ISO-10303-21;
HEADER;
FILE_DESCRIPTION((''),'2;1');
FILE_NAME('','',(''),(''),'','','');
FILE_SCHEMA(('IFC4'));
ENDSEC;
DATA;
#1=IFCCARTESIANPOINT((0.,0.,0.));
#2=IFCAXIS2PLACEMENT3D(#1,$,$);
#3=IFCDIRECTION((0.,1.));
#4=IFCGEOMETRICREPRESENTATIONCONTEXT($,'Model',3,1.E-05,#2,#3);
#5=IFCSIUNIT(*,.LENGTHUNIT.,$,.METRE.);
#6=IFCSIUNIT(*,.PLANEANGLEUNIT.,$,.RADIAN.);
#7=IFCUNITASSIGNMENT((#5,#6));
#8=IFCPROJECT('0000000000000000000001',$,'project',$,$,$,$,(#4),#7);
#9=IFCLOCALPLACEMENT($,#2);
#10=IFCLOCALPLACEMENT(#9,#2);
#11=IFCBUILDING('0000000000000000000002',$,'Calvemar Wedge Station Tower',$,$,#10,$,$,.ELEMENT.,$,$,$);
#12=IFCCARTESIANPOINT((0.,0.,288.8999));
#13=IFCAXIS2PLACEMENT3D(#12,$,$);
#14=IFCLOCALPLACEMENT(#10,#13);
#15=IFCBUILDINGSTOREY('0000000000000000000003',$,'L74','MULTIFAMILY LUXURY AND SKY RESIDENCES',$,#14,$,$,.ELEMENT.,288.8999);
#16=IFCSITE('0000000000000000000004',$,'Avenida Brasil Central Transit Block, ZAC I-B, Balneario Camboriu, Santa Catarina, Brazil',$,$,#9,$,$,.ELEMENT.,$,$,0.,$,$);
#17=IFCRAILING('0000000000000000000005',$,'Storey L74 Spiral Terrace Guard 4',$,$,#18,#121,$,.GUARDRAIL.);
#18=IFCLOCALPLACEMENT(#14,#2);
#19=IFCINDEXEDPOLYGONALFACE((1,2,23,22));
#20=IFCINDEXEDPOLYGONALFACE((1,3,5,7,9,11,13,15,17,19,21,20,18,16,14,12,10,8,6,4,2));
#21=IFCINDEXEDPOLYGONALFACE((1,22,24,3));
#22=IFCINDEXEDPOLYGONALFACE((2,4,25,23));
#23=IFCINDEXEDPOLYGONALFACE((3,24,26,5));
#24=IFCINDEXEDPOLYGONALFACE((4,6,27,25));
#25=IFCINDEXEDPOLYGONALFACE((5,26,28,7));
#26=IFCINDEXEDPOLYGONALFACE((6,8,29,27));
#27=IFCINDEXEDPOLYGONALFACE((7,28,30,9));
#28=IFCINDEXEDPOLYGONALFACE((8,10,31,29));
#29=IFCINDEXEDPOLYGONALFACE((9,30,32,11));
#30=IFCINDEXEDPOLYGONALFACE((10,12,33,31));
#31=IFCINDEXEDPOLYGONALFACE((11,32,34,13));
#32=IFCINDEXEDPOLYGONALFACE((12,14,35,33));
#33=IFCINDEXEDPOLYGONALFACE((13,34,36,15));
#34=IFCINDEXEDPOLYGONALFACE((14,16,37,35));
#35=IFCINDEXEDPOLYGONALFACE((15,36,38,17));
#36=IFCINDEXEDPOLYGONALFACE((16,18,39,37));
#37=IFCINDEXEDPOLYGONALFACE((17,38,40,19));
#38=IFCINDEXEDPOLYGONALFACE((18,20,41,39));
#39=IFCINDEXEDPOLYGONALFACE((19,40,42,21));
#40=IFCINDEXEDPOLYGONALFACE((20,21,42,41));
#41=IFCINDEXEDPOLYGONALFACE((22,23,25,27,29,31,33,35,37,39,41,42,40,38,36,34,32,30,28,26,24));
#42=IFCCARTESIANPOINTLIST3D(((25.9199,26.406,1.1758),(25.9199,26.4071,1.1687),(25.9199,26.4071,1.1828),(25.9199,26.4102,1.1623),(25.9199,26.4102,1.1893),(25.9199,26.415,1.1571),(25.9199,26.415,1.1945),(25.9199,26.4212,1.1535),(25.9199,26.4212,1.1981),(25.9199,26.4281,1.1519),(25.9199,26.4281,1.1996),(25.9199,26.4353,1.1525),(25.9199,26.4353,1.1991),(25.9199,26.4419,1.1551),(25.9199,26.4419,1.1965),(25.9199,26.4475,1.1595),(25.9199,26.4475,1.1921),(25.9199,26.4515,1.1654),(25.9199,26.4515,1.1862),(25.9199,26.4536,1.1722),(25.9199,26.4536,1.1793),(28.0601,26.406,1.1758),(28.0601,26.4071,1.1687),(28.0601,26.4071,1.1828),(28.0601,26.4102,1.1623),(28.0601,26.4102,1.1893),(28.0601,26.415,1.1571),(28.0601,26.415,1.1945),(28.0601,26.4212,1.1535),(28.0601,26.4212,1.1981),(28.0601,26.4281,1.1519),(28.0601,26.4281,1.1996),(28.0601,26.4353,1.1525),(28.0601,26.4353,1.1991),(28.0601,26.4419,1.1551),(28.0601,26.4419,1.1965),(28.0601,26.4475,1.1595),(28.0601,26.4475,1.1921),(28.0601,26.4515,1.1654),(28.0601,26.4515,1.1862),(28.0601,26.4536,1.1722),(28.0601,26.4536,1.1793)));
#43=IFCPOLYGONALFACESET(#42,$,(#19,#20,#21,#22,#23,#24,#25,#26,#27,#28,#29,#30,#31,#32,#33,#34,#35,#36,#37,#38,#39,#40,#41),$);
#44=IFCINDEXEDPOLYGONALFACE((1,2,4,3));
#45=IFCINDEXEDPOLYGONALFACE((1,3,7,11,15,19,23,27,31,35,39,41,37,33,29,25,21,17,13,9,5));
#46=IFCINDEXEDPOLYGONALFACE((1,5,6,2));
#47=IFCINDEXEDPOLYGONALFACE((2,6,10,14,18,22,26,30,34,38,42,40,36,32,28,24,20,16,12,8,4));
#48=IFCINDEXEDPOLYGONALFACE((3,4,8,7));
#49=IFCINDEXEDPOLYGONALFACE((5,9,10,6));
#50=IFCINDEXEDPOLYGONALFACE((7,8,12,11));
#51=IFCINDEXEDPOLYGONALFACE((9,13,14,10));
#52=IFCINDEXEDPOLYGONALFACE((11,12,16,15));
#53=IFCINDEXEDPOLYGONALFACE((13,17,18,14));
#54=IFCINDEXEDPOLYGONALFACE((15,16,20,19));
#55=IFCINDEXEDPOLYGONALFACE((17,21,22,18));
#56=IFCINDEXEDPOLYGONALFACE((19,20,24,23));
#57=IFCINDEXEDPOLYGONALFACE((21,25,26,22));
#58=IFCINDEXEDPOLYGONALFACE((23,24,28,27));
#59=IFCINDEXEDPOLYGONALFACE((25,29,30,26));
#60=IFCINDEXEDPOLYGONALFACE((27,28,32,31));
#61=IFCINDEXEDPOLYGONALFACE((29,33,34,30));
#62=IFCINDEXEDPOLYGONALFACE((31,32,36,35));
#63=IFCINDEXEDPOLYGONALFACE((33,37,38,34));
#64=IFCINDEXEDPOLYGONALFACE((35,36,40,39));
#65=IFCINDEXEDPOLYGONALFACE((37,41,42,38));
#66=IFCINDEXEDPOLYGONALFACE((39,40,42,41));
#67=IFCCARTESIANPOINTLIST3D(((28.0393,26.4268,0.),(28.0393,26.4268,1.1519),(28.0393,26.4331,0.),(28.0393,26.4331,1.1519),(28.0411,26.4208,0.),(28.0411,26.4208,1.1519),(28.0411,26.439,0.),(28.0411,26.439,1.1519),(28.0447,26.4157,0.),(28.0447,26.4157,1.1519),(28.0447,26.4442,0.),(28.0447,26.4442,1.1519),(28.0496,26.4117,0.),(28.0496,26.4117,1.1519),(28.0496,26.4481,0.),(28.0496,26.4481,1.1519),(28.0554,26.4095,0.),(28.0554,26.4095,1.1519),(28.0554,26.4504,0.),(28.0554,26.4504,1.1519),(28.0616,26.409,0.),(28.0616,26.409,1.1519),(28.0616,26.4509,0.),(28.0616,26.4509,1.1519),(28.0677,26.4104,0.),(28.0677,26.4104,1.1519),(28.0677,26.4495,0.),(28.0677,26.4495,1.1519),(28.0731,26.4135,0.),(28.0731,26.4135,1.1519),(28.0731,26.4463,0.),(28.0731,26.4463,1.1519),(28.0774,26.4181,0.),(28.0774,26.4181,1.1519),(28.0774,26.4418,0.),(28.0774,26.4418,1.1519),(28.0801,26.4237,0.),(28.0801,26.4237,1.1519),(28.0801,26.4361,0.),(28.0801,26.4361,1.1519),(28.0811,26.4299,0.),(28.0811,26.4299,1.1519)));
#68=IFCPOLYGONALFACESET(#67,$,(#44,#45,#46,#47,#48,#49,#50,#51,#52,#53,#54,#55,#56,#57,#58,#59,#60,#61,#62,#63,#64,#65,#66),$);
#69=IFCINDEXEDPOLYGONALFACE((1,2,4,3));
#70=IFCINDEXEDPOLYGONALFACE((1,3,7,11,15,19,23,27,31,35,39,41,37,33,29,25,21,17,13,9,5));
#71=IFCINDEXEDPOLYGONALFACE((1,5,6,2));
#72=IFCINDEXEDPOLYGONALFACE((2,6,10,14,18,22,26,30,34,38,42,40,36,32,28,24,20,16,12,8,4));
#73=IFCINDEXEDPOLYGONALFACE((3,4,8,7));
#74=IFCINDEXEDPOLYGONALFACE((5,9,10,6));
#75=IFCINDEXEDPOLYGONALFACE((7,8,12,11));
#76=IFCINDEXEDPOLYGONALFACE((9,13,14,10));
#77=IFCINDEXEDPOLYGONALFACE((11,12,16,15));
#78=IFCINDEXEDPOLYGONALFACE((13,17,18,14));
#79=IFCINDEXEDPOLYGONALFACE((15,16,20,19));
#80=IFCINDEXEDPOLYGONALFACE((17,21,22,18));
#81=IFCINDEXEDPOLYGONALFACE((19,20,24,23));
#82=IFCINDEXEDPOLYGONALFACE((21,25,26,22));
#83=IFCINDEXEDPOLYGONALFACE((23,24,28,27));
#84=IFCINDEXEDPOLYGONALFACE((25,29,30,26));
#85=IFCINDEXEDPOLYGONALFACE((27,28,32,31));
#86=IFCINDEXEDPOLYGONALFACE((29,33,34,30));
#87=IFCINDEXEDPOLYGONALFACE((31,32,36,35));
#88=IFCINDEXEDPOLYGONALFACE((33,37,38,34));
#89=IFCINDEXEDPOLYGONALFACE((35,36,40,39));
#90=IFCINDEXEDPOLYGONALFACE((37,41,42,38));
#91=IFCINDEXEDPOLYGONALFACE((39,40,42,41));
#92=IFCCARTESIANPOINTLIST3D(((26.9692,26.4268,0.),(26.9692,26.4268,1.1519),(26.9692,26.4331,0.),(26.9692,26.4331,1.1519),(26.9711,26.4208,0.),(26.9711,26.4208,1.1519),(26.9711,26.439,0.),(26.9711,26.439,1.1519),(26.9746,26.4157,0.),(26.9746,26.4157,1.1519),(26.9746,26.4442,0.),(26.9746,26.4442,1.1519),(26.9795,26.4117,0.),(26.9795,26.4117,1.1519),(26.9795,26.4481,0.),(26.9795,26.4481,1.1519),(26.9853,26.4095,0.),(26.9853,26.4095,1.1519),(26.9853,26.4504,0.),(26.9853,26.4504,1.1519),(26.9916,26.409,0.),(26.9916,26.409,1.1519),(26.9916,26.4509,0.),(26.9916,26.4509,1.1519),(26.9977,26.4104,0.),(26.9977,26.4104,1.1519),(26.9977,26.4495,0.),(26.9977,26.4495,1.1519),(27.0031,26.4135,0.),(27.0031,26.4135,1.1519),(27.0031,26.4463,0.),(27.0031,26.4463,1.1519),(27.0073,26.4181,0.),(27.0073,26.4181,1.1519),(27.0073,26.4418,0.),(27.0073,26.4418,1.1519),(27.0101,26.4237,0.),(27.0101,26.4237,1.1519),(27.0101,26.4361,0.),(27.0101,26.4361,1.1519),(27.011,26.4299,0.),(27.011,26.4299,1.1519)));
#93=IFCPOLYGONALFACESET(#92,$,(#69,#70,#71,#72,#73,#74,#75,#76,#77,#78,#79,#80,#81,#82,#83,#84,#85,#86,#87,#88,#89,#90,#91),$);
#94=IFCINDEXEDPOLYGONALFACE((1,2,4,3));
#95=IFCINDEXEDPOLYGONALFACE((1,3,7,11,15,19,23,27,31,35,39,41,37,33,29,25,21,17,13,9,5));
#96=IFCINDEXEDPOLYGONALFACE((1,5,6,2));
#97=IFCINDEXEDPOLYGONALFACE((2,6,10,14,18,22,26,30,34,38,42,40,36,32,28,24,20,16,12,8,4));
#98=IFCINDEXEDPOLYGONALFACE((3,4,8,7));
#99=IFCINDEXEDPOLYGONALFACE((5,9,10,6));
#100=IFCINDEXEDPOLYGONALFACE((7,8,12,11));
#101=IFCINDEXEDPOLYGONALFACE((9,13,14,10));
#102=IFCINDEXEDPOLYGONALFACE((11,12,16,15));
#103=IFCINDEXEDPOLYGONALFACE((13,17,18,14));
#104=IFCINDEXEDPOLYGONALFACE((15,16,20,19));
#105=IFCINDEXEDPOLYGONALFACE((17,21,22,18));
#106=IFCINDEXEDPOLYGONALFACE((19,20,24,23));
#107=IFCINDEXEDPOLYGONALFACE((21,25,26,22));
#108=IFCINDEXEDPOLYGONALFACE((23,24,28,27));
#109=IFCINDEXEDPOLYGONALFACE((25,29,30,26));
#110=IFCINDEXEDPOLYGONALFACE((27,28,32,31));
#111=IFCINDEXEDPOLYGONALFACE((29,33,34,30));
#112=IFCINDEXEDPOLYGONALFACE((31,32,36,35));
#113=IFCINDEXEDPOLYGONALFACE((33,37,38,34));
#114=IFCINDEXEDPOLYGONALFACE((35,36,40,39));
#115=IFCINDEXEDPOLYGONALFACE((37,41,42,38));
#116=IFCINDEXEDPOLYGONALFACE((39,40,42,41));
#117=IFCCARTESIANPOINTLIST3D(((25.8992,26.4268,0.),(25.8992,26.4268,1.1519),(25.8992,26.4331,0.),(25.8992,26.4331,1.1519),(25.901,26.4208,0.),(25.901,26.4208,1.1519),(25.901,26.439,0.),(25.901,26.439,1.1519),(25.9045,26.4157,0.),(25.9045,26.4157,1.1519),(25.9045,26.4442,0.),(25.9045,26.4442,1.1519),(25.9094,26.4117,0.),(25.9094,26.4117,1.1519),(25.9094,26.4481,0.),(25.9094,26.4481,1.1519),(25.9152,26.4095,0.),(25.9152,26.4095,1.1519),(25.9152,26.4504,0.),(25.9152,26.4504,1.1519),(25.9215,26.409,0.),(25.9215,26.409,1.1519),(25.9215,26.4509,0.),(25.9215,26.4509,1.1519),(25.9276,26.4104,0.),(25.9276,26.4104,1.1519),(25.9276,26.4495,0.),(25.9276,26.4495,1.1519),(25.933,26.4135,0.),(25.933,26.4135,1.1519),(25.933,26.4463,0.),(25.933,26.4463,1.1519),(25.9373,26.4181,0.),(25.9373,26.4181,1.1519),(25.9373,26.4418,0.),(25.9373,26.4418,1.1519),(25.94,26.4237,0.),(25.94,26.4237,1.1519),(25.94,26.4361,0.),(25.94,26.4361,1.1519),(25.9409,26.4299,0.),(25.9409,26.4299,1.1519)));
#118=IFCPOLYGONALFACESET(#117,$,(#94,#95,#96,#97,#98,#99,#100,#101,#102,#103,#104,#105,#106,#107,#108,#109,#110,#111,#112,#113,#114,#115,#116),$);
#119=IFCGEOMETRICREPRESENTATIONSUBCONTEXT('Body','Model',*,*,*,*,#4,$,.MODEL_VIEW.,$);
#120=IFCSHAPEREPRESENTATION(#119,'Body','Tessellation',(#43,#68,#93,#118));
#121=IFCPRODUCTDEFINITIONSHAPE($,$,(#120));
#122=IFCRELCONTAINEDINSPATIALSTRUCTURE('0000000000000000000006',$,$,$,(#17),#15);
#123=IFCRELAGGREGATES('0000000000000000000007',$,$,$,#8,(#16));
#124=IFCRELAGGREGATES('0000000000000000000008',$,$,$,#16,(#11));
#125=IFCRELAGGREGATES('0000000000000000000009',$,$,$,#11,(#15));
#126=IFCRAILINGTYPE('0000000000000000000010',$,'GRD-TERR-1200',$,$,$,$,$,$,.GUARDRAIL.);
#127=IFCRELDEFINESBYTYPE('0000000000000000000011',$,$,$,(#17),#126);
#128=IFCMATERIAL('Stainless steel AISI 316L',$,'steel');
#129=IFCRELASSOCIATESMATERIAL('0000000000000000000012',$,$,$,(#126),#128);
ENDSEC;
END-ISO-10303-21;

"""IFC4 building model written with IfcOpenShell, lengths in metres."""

from ifc_helpers import new_model, si_unit, direction, frame, origin, origin_2d, place, context, subcontext, project, spatial, circle, extrude, material, type_object, element, save


model = new_model("IFC4")

# Units and contexts
model_context = context("Model", 3, precision=1e-05, world=origin(), true_north=direction((0.0, 1.0)))
body_context = subcontext(model_context, "Body", "Model", "MODEL_VIEW")
ifc_project = project(units=[si_unit("LENGTHUNIT", "METRE"), si_unit("PLANEANGLEUNIT", "RADIAN")], contexts=[model_context])

# Site, building, storey
site_placement = place(None, origin())
site = spatial("IfcSite", under=ifc_project, at=site_placement, Name="Avenida Brasil Central Transit Block, ZAC I-B, Balneario Camboriu, Santa Catarina, Brazil", CompositionType="ELEMENT", RefElevation=0.0)
building_placement = place(site_placement, origin())
building = spatial("IfcBuilding", under=site, at=building_placement, Name="Calvemar Wedge Station Tower", CompositionType="ELEMENT")
storey_placement = place(building_placement, frame((0.0, 0.0, 288.8999)))
storey = spatial("IfcBuildingStorey", under=building, at=storey_placement, Name="L74", Description="MULTIFAMILY LUXURY AND SKY RESIDENCES", CompositionType="ELEMENT", Elevation=288.8999)

# Railing
ifc_material_1 = material(Name="Stainless steel AISI 316L", Category="steel")
railing_type_1 = type_object("IfcRailingType", Name="GRD-TERR-1200", PredefinedType="GUARDRAIL", material=ifc_material_1)
railing_1_placement = place(storey_placement, frame((28.0601, 26.4299, 0.0)))
element("IfcRailing", 1, at=railing_1_placement, inside=storey, type_object=railing_type_1, Name="Storey L74 Spiral Terrace Guard 4", PredefinedType="GUARDRAIL", context=body_context, shape_type="SweptSolid", body=[
    extrude(circle(Radius=0.0239, at=origin_2d()), frame((0.0, 0.0, 1.1758), z_axis=(-1.0, 0.0, 0.0), x_axis=(0.0, -1.0, 0.0)), (0.0, 0.0, 1.0), 2.1401),
    extrude(circle(Radius=0.021, at=origin_2d()), origin(), (0.0, 0.0, 1.0), 1.1519),
    extrude(circle(Radius=0.021, at=origin_2d()), frame((-1.0701, 0.0, 0.0)), (0.0, 0.0, 1.0), 1.1519),
    extrude(circle(Radius=0.021, at=origin_2d()), frame((-2.1401, 0.0, 0.0)), (0.0, 0.0, 1.0), 1.1519),
])

save(model, "model.ifc")
